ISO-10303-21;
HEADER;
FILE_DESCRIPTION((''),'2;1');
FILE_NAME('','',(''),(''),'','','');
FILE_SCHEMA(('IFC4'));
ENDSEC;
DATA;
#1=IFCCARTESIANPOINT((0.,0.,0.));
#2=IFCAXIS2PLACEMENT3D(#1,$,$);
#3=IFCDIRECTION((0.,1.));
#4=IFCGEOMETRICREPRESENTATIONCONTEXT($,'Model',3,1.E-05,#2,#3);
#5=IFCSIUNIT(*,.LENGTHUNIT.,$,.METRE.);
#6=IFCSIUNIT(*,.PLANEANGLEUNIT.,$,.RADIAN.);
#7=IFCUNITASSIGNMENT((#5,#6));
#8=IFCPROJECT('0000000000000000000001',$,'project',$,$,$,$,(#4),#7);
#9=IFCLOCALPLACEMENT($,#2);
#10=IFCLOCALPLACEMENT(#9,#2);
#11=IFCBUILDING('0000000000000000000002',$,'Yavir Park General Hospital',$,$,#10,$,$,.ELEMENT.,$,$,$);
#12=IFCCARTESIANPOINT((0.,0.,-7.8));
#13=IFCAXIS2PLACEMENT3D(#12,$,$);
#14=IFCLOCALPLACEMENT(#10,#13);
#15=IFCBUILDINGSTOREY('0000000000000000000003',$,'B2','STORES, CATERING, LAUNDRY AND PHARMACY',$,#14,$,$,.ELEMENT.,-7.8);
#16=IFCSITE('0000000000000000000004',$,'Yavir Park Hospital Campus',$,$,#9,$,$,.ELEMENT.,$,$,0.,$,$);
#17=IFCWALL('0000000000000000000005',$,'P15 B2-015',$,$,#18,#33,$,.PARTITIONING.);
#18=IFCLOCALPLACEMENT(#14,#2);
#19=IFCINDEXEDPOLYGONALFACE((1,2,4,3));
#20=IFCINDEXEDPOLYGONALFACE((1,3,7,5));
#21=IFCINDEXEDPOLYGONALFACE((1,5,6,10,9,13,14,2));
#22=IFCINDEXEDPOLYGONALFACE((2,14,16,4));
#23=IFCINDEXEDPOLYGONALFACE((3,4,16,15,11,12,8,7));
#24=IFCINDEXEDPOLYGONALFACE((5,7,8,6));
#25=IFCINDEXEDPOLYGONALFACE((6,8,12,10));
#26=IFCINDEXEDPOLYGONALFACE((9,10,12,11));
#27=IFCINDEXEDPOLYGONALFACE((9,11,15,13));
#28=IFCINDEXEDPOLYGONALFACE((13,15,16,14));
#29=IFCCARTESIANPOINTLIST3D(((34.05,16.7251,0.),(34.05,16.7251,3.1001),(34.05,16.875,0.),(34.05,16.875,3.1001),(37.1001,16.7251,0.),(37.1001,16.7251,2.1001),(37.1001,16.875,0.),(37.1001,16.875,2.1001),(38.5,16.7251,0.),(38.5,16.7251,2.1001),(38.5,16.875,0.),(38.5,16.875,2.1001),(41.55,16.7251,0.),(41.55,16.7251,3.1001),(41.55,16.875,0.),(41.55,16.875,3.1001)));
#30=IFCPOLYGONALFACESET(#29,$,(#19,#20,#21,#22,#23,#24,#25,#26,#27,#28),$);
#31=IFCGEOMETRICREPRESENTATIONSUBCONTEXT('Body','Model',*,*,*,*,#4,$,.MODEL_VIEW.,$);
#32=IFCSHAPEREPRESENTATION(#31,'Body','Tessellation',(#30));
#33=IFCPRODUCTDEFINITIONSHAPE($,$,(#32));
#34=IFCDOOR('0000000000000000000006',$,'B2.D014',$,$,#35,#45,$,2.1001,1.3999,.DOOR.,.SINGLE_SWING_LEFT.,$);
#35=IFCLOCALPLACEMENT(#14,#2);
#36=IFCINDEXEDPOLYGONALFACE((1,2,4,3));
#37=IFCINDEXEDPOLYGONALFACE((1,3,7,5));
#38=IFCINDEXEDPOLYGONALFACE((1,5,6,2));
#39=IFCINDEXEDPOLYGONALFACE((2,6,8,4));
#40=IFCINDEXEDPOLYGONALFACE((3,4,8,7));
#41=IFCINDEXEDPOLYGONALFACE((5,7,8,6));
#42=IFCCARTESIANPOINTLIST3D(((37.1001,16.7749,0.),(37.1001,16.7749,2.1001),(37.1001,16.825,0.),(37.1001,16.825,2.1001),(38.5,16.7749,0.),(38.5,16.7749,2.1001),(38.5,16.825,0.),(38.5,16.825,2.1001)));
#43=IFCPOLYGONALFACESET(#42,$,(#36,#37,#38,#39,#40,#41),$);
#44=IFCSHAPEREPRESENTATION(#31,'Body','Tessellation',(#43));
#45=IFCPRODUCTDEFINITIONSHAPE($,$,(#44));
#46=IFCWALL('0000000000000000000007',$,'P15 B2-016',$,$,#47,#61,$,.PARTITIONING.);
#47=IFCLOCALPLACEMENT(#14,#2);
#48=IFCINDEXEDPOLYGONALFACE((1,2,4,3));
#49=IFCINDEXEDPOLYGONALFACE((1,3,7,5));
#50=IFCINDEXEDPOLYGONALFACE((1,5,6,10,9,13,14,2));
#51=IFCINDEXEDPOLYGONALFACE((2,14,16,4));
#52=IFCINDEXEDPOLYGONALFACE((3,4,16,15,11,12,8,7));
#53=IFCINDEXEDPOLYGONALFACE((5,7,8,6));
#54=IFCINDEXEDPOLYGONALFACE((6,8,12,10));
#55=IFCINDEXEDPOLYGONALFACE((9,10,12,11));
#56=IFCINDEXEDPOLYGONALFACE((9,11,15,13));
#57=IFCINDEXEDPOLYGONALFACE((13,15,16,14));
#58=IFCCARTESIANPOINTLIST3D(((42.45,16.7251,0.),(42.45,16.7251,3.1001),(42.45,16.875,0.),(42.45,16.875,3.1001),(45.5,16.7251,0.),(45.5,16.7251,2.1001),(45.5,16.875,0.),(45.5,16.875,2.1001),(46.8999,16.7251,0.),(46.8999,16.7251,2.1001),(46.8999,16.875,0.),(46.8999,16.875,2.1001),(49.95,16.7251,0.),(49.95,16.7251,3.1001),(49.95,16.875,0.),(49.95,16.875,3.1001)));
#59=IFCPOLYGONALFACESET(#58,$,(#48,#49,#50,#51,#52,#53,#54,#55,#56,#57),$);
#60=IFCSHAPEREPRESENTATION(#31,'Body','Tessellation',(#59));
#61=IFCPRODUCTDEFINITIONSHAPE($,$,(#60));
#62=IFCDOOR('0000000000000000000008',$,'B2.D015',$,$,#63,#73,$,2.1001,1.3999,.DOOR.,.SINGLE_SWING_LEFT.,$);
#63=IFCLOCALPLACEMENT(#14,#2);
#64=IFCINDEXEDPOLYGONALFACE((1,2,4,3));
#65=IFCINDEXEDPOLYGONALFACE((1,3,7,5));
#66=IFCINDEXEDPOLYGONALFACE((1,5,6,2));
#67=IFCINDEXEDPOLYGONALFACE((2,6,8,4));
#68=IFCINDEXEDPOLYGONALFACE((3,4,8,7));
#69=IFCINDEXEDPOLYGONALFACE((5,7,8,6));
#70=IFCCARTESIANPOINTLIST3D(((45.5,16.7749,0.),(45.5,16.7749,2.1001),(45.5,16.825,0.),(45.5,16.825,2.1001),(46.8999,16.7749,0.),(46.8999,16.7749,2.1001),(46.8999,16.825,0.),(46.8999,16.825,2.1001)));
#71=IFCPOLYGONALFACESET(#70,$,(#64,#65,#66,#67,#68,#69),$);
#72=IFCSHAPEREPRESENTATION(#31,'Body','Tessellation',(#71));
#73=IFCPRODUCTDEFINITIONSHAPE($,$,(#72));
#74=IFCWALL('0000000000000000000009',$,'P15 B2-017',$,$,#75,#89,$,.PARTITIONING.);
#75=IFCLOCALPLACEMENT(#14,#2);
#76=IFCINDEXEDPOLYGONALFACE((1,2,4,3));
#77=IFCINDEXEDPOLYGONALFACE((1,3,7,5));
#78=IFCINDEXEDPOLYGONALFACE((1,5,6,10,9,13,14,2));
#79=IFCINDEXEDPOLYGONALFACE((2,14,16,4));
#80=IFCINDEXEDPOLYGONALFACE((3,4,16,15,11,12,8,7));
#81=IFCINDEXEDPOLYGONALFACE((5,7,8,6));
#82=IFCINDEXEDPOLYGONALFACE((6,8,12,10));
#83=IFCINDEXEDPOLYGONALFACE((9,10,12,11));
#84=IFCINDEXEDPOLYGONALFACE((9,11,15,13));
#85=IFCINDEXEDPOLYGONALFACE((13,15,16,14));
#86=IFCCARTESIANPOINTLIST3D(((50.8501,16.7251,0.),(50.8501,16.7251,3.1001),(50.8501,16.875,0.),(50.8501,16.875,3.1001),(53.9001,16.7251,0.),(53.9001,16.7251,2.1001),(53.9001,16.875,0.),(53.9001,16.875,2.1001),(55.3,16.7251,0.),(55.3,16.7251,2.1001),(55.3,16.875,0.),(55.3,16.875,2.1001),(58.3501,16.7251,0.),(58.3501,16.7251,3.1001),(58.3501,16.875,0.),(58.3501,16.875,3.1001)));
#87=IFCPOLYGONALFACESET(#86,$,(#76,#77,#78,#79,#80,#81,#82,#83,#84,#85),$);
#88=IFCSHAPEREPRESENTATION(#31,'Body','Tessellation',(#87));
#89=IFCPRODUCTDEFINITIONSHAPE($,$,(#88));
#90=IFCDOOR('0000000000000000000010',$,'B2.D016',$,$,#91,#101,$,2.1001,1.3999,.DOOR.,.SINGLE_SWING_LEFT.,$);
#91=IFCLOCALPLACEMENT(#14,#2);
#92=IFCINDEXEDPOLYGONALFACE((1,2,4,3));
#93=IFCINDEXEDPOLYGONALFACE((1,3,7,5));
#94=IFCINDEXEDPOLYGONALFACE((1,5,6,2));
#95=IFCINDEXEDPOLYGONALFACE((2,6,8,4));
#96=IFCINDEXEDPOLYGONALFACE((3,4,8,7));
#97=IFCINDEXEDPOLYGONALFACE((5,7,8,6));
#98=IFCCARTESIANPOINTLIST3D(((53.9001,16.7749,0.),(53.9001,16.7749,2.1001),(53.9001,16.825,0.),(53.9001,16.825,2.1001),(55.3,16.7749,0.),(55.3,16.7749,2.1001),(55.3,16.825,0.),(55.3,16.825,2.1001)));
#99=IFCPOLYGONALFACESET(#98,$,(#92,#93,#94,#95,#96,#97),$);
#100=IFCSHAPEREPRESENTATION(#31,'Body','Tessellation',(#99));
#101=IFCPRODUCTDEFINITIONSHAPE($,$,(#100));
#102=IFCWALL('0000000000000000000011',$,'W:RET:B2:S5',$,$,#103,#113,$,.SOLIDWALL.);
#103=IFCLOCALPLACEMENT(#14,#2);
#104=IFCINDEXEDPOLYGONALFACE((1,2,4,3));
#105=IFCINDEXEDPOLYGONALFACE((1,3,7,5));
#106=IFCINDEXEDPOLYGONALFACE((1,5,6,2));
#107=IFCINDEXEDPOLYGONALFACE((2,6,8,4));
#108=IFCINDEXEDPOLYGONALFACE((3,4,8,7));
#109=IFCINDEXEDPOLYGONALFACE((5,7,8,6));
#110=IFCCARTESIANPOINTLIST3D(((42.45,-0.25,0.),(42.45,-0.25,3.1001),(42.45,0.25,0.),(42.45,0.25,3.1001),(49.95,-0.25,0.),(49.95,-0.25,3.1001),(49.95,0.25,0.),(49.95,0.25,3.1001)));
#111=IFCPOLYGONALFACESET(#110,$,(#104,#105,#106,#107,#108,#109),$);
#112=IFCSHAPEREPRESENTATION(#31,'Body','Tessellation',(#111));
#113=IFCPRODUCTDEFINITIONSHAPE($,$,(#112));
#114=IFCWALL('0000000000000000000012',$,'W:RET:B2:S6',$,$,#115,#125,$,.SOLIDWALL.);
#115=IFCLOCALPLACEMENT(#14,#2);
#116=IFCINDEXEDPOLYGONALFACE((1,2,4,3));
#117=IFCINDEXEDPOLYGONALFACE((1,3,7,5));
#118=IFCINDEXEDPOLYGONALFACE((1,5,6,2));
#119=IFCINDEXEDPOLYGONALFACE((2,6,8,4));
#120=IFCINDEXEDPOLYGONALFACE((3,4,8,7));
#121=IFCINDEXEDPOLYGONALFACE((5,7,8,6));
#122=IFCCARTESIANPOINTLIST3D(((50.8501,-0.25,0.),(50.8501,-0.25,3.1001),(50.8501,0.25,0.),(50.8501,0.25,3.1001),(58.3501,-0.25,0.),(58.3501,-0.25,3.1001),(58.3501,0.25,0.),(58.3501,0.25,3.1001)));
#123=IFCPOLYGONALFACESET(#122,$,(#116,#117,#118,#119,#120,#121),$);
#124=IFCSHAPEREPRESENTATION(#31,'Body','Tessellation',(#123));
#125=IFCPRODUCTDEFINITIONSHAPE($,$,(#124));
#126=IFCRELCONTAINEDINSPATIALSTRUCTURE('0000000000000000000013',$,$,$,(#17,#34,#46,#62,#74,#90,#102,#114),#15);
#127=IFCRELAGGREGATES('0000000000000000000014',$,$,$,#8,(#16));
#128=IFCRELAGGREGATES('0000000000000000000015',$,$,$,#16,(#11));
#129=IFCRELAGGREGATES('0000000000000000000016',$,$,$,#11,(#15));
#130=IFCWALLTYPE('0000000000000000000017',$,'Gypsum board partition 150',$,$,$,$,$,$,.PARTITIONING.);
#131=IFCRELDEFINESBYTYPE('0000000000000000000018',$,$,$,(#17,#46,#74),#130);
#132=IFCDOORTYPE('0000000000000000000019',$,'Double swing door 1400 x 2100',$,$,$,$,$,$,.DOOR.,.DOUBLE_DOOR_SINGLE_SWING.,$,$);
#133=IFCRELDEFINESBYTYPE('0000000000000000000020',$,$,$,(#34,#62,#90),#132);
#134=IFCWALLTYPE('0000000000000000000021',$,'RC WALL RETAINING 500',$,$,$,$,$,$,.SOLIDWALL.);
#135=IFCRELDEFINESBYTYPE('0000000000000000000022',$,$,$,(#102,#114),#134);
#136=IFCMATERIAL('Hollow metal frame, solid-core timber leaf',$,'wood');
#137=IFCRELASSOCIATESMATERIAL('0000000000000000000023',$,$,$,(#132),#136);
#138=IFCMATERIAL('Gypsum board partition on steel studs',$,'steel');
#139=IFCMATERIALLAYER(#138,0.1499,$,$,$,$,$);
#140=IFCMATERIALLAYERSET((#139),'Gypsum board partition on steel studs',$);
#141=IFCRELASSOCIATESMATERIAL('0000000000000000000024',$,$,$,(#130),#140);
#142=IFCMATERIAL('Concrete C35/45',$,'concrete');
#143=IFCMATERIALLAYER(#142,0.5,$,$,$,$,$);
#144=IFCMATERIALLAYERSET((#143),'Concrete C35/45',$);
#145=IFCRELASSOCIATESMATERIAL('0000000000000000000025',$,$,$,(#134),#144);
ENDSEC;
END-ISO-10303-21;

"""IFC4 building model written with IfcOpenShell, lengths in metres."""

from ifc_helpers import new_model, si_unit, direction, frame, frame_2d, origin, place, context, subcontext, project, spatial, rectangle, extrude, material, layer, layer_set, type_object, element, fill, save


model = new_model("IFC4")

# Units and contexts
model_context = context("Model", 3, precision=1e-05, world=origin(), true_north=direction((0.0, 1.0)))
body_context = subcontext(model_context, "Body", "Model", "MODEL_VIEW")
ifc_project = project(units=[si_unit("LENGTHUNIT", "METRE"), si_unit("PLANEANGLEUNIT", "RADIAN")], contexts=[model_context])

# Site, building, storey
site_placement = place(None, origin())
site = spatial("IfcSite", under=ifc_project, at=site_placement, Name="Yavir Park Hospital Campus", CompositionType="ELEMENT", RefElevation=0.0)
building_placement = place(site_placement, origin())
building = spatial("IfcBuilding", under=site, at=building_placement, Name="Yavir Park General Hospital", CompositionType="ELEMENT")
storey_placement = place(building_placement, frame((0.0, 0.0, -7.8)))
storey = spatial("IfcBuildingStorey", under=building, at=storey_placement, Name="B2", Description="STORES, CATERING, LAUNDRY AND PHARMACY", CompositionType="ELEMENT", Elevation=-7.8)

# Shared definitions
ifc_material_1 = material(Name="Hollow metal frame, solid-core timber leaf", Category="wood")
door_type = type_object("IfcDoorType", Name="Double swing door 1400 x 2100", OperationType="DOUBLE_DOOR_SINGLE_SWING", PredefinedType="DOOR", material=ifc_material_1)

# Walls, openings, doors
ifc_material_2 = material(Name="Gypsum board partition on steel studs", Category="steel")
ifc_layer_1 = layer(ifc_material_2, 0.1499)
ifc_layer_set_1 = layer_set([ifc_layer_1], Name="Gypsum board partition on steel studs")
wall_type_1 = type_object("IfcWallType", Name="Gypsum board partition 150", PredefinedType="PARTITIONING", material=ifc_layer_set_1)
wall_1_placement = place(storey_placement, frame((34.05, 16.8, 0.0), z_axis=(0.0, 0.0, 1.0), x_axis=(1.0, 0.0, 0.0)))
wall_1 = element("IfcWall", 1, at=wall_1_placement, inside=storey, type_object=wall_type_1, Name="P15 B2-015", PredefinedType="PARTITIONING", context=body_context, shape_type="SweptSolid", body=[
    extrude(rectangle(XDim=7.5, YDim=0.1499, at=frame_2d((3.75, 0.0))), origin(), (0.0, 0.0, 1.0), 3.1001),
])
opening_1_placement = place(wall_1_placement, frame((3.05, 0.0, 0.0)))
opening_1 = element("IfcOpeningElement", 2, at=opening_1_placement, cuts=wall_1, PredefinedType="OPENING", context=body_context, shape_type="SweptSolid", body=[
    extrude(rectangle(XDim=1.3999, YDim=2.1001, at=frame_2d((0.7, 1.05))), frame((0.0, 0.085, 0.0), z_axis=(0.0, -1.0, 0.0), x_axis=(1.0, 0.0, 0.0)), (0.0, 0.0, 1.0), 0.1699),
])
door_1_placement = place(opening_1_placement, origin())
door_1 = element("IfcDoor", 3, at=door_1_placement, inside=storey, type_object=door_type, Name="B2.D014", OperationType="SINGLE_SWING_LEFT", OverallHeight=2.1001, OverallWidth=1.3999, PredefinedType="DOOR", context=body_context, shape_type="SweptSolid", body=[
    extrude(rectangle(XDim=1.3999, YDim=2.1001, at=frame_2d((0.7, 1.05))), frame((0.0, 0.0249, 0.0), z_axis=(0.0, -1.0, 0.0), x_axis=(1.0, 0.0, 0.0)), (0.0, 0.0, 1.0), 0.05),
])
fill(opening_1, door_1)
wall_2_placement = place(storey_placement, frame((42.45, 16.8, 0.0), z_axis=(0.0, 0.0, 1.0), x_axis=(1.0, 0.0, 0.0)))
wall_2 = element("IfcWall", 4, at=wall_2_placement, inside=storey, type_object=wall_type_1, Name="P15 B2-016", PredefinedType="PARTITIONING", context=body_context, shape_type="SweptSolid", body=[
    extrude(rectangle(XDim=7.5, YDim=0.1499, at=frame_2d((3.75, 0.0))), origin(), (0.0, 0.0, 1.0), 3.1001),
])
opening_2_placement = place(wall_2_placement, frame((3.05, 0.0, 0.0)))
opening_2 = element("IfcOpeningElement", 5, at=opening_2_placement, cuts=wall_2, PredefinedType="OPENING", context=body_context, shape_type="SweptSolid", body=[
    extrude(rectangle(XDim=1.3999, YDim=2.1001, at=frame_2d((0.7, 1.05))), frame((0.0, 0.085, 0.0), z_axis=(0.0, -1.0, 0.0), x_axis=(1.0, 0.0, 0.0)), (0.0, 0.0, 1.0), 0.1699),
])
door_2_placement = place(opening_2_placement, origin())
door_2 = element("IfcDoor", 6, at=door_2_placement, inside=storey, type_object=door_type, Name="B2.D015", OperationType="SINGLE_SWING_LEFT", OverallHeight=2.1001, OverallWidth=1.3999, PredefinedType="DOOR", context=body_context, shape_type="SweptSolid", body=[
    extrude(rectangle(XDim=1.3999, YDim=2.1001, at=frame_2d((0.7, 1.05))), frame((0.0, 0.0249, 0.0), z_axis=(0.0, -1.0, 0.0), x_axis=(1.0, 0.0, 0.0)), (0.0, 0.0, 1.0), 0.05),
])
fill(opening_2, door_2)
wall_3_placement = place(storey_placement, frame((50.8501, 16.8, 0.0), z_axis=(0.0, 0.0, 1.0), x_axis=(1.0, 0.0, 0.0)))
wall_3 = element("IfcWall", 7, at=wall_3_placement, inside=storey, type_object=wall_type_1, Name="P15 B2-017", PredefinedType="PARTITIONING", context=body_context, shape_type="SweptSolid", body=[
    extrude(rectangle(XDim=7.5, YDim=0.1499, at=frame_2d((3.75, 0.0))), origin(), (0.0, 0.0, 1.0), 3.1001),
])
opening_3_placement = place(wall_3_placement, frame((3.05, 0.0, 0.0)))
opening_3 = element("IfcOpeningElement", 8, at=opening_3_placement, cuts=wall_3, PredefinedType="OPENING", context=body_context, shape_type="SweptSolid", body=[
    extrude(rectangle(XDim=1.3999, YDim=2.1001, at=frame_2d((0.7, 1.05))), frame((0.0, 0.085, 0.0), z_axis=(0.0, -1.0, 0.0), x_axis=(1.0, 0.0, 0.0)), (0.0, 0.0, 1.0), 0.1699),
])
door_3_placement = place(opening_3_placement, origin())
door_3 = element("IfcDoor", 9, at=door_3_placement, inside=storey, type_object=door_type, Name="B2.D016", OperationType="SINGLE_SWING_LEFT", OverallHeight=2.1001, OverallWidth=1.3999, PredefinedType="DOOR", context=body_context, shape_type="SweptSolid", body=[
    extrude(rectangle(XDim=1.3999, YDim=2.1001, at=frame_2d((0.7, 1.05))), frame((0.0, 0.0249, 0.0), z_axis=(0.0, -1.0, 0.0), x_axis=(1.0, 0.0, 0.0)), (0.0, 0.0, 1.0), 0.05),
])
fill(opening_3, door_3)

# Walls
ifc_material_3 = material(Name="Concrete C35/45", Category="concrete")
ifc_layer_2 = layer(ifc_material_3, 0.5)
ifc_layer_set_2 = layer_set([ifc_layer_2], Name="Concrete C35/45")
wall_type_2 = type_object("IfcWallType", Name="RC WALL RETAINING 500", PredefinedType="SOLIDWALL", material=ifc_layer_set_2)
for number, where, z_axis, x_axis, name in (
    (10, (42.45, 0.0, 0.0), (0.0, 0.0, 1.0), (1.0, 0.0, 0.0), "W:RET:B2:S5"),
    (11, (50.8501, 0.0, 0.0), (0.0, 0.0, 1.0), (1.0, 0.0, 0.0), "W:RET:B2:S6"),
):
    element("IfcWall", number, at=place(storey_placement, frame(where, z_axis=z_axis, x_axis=x_axis)), inside=storey, type_object=wall_type_2, Name=name, PredefinedType="SOLIDWALL", context=body_context, shape_type="SweptSolid", body=[
        extrude(rectangle(XDim=7.5, YDim=0.5, at=frame_2d((3.75, 0.0))), origin(), (0.0, 0.0, 1.0), 3.1001),
    ])

save(model, "model.ifc")
